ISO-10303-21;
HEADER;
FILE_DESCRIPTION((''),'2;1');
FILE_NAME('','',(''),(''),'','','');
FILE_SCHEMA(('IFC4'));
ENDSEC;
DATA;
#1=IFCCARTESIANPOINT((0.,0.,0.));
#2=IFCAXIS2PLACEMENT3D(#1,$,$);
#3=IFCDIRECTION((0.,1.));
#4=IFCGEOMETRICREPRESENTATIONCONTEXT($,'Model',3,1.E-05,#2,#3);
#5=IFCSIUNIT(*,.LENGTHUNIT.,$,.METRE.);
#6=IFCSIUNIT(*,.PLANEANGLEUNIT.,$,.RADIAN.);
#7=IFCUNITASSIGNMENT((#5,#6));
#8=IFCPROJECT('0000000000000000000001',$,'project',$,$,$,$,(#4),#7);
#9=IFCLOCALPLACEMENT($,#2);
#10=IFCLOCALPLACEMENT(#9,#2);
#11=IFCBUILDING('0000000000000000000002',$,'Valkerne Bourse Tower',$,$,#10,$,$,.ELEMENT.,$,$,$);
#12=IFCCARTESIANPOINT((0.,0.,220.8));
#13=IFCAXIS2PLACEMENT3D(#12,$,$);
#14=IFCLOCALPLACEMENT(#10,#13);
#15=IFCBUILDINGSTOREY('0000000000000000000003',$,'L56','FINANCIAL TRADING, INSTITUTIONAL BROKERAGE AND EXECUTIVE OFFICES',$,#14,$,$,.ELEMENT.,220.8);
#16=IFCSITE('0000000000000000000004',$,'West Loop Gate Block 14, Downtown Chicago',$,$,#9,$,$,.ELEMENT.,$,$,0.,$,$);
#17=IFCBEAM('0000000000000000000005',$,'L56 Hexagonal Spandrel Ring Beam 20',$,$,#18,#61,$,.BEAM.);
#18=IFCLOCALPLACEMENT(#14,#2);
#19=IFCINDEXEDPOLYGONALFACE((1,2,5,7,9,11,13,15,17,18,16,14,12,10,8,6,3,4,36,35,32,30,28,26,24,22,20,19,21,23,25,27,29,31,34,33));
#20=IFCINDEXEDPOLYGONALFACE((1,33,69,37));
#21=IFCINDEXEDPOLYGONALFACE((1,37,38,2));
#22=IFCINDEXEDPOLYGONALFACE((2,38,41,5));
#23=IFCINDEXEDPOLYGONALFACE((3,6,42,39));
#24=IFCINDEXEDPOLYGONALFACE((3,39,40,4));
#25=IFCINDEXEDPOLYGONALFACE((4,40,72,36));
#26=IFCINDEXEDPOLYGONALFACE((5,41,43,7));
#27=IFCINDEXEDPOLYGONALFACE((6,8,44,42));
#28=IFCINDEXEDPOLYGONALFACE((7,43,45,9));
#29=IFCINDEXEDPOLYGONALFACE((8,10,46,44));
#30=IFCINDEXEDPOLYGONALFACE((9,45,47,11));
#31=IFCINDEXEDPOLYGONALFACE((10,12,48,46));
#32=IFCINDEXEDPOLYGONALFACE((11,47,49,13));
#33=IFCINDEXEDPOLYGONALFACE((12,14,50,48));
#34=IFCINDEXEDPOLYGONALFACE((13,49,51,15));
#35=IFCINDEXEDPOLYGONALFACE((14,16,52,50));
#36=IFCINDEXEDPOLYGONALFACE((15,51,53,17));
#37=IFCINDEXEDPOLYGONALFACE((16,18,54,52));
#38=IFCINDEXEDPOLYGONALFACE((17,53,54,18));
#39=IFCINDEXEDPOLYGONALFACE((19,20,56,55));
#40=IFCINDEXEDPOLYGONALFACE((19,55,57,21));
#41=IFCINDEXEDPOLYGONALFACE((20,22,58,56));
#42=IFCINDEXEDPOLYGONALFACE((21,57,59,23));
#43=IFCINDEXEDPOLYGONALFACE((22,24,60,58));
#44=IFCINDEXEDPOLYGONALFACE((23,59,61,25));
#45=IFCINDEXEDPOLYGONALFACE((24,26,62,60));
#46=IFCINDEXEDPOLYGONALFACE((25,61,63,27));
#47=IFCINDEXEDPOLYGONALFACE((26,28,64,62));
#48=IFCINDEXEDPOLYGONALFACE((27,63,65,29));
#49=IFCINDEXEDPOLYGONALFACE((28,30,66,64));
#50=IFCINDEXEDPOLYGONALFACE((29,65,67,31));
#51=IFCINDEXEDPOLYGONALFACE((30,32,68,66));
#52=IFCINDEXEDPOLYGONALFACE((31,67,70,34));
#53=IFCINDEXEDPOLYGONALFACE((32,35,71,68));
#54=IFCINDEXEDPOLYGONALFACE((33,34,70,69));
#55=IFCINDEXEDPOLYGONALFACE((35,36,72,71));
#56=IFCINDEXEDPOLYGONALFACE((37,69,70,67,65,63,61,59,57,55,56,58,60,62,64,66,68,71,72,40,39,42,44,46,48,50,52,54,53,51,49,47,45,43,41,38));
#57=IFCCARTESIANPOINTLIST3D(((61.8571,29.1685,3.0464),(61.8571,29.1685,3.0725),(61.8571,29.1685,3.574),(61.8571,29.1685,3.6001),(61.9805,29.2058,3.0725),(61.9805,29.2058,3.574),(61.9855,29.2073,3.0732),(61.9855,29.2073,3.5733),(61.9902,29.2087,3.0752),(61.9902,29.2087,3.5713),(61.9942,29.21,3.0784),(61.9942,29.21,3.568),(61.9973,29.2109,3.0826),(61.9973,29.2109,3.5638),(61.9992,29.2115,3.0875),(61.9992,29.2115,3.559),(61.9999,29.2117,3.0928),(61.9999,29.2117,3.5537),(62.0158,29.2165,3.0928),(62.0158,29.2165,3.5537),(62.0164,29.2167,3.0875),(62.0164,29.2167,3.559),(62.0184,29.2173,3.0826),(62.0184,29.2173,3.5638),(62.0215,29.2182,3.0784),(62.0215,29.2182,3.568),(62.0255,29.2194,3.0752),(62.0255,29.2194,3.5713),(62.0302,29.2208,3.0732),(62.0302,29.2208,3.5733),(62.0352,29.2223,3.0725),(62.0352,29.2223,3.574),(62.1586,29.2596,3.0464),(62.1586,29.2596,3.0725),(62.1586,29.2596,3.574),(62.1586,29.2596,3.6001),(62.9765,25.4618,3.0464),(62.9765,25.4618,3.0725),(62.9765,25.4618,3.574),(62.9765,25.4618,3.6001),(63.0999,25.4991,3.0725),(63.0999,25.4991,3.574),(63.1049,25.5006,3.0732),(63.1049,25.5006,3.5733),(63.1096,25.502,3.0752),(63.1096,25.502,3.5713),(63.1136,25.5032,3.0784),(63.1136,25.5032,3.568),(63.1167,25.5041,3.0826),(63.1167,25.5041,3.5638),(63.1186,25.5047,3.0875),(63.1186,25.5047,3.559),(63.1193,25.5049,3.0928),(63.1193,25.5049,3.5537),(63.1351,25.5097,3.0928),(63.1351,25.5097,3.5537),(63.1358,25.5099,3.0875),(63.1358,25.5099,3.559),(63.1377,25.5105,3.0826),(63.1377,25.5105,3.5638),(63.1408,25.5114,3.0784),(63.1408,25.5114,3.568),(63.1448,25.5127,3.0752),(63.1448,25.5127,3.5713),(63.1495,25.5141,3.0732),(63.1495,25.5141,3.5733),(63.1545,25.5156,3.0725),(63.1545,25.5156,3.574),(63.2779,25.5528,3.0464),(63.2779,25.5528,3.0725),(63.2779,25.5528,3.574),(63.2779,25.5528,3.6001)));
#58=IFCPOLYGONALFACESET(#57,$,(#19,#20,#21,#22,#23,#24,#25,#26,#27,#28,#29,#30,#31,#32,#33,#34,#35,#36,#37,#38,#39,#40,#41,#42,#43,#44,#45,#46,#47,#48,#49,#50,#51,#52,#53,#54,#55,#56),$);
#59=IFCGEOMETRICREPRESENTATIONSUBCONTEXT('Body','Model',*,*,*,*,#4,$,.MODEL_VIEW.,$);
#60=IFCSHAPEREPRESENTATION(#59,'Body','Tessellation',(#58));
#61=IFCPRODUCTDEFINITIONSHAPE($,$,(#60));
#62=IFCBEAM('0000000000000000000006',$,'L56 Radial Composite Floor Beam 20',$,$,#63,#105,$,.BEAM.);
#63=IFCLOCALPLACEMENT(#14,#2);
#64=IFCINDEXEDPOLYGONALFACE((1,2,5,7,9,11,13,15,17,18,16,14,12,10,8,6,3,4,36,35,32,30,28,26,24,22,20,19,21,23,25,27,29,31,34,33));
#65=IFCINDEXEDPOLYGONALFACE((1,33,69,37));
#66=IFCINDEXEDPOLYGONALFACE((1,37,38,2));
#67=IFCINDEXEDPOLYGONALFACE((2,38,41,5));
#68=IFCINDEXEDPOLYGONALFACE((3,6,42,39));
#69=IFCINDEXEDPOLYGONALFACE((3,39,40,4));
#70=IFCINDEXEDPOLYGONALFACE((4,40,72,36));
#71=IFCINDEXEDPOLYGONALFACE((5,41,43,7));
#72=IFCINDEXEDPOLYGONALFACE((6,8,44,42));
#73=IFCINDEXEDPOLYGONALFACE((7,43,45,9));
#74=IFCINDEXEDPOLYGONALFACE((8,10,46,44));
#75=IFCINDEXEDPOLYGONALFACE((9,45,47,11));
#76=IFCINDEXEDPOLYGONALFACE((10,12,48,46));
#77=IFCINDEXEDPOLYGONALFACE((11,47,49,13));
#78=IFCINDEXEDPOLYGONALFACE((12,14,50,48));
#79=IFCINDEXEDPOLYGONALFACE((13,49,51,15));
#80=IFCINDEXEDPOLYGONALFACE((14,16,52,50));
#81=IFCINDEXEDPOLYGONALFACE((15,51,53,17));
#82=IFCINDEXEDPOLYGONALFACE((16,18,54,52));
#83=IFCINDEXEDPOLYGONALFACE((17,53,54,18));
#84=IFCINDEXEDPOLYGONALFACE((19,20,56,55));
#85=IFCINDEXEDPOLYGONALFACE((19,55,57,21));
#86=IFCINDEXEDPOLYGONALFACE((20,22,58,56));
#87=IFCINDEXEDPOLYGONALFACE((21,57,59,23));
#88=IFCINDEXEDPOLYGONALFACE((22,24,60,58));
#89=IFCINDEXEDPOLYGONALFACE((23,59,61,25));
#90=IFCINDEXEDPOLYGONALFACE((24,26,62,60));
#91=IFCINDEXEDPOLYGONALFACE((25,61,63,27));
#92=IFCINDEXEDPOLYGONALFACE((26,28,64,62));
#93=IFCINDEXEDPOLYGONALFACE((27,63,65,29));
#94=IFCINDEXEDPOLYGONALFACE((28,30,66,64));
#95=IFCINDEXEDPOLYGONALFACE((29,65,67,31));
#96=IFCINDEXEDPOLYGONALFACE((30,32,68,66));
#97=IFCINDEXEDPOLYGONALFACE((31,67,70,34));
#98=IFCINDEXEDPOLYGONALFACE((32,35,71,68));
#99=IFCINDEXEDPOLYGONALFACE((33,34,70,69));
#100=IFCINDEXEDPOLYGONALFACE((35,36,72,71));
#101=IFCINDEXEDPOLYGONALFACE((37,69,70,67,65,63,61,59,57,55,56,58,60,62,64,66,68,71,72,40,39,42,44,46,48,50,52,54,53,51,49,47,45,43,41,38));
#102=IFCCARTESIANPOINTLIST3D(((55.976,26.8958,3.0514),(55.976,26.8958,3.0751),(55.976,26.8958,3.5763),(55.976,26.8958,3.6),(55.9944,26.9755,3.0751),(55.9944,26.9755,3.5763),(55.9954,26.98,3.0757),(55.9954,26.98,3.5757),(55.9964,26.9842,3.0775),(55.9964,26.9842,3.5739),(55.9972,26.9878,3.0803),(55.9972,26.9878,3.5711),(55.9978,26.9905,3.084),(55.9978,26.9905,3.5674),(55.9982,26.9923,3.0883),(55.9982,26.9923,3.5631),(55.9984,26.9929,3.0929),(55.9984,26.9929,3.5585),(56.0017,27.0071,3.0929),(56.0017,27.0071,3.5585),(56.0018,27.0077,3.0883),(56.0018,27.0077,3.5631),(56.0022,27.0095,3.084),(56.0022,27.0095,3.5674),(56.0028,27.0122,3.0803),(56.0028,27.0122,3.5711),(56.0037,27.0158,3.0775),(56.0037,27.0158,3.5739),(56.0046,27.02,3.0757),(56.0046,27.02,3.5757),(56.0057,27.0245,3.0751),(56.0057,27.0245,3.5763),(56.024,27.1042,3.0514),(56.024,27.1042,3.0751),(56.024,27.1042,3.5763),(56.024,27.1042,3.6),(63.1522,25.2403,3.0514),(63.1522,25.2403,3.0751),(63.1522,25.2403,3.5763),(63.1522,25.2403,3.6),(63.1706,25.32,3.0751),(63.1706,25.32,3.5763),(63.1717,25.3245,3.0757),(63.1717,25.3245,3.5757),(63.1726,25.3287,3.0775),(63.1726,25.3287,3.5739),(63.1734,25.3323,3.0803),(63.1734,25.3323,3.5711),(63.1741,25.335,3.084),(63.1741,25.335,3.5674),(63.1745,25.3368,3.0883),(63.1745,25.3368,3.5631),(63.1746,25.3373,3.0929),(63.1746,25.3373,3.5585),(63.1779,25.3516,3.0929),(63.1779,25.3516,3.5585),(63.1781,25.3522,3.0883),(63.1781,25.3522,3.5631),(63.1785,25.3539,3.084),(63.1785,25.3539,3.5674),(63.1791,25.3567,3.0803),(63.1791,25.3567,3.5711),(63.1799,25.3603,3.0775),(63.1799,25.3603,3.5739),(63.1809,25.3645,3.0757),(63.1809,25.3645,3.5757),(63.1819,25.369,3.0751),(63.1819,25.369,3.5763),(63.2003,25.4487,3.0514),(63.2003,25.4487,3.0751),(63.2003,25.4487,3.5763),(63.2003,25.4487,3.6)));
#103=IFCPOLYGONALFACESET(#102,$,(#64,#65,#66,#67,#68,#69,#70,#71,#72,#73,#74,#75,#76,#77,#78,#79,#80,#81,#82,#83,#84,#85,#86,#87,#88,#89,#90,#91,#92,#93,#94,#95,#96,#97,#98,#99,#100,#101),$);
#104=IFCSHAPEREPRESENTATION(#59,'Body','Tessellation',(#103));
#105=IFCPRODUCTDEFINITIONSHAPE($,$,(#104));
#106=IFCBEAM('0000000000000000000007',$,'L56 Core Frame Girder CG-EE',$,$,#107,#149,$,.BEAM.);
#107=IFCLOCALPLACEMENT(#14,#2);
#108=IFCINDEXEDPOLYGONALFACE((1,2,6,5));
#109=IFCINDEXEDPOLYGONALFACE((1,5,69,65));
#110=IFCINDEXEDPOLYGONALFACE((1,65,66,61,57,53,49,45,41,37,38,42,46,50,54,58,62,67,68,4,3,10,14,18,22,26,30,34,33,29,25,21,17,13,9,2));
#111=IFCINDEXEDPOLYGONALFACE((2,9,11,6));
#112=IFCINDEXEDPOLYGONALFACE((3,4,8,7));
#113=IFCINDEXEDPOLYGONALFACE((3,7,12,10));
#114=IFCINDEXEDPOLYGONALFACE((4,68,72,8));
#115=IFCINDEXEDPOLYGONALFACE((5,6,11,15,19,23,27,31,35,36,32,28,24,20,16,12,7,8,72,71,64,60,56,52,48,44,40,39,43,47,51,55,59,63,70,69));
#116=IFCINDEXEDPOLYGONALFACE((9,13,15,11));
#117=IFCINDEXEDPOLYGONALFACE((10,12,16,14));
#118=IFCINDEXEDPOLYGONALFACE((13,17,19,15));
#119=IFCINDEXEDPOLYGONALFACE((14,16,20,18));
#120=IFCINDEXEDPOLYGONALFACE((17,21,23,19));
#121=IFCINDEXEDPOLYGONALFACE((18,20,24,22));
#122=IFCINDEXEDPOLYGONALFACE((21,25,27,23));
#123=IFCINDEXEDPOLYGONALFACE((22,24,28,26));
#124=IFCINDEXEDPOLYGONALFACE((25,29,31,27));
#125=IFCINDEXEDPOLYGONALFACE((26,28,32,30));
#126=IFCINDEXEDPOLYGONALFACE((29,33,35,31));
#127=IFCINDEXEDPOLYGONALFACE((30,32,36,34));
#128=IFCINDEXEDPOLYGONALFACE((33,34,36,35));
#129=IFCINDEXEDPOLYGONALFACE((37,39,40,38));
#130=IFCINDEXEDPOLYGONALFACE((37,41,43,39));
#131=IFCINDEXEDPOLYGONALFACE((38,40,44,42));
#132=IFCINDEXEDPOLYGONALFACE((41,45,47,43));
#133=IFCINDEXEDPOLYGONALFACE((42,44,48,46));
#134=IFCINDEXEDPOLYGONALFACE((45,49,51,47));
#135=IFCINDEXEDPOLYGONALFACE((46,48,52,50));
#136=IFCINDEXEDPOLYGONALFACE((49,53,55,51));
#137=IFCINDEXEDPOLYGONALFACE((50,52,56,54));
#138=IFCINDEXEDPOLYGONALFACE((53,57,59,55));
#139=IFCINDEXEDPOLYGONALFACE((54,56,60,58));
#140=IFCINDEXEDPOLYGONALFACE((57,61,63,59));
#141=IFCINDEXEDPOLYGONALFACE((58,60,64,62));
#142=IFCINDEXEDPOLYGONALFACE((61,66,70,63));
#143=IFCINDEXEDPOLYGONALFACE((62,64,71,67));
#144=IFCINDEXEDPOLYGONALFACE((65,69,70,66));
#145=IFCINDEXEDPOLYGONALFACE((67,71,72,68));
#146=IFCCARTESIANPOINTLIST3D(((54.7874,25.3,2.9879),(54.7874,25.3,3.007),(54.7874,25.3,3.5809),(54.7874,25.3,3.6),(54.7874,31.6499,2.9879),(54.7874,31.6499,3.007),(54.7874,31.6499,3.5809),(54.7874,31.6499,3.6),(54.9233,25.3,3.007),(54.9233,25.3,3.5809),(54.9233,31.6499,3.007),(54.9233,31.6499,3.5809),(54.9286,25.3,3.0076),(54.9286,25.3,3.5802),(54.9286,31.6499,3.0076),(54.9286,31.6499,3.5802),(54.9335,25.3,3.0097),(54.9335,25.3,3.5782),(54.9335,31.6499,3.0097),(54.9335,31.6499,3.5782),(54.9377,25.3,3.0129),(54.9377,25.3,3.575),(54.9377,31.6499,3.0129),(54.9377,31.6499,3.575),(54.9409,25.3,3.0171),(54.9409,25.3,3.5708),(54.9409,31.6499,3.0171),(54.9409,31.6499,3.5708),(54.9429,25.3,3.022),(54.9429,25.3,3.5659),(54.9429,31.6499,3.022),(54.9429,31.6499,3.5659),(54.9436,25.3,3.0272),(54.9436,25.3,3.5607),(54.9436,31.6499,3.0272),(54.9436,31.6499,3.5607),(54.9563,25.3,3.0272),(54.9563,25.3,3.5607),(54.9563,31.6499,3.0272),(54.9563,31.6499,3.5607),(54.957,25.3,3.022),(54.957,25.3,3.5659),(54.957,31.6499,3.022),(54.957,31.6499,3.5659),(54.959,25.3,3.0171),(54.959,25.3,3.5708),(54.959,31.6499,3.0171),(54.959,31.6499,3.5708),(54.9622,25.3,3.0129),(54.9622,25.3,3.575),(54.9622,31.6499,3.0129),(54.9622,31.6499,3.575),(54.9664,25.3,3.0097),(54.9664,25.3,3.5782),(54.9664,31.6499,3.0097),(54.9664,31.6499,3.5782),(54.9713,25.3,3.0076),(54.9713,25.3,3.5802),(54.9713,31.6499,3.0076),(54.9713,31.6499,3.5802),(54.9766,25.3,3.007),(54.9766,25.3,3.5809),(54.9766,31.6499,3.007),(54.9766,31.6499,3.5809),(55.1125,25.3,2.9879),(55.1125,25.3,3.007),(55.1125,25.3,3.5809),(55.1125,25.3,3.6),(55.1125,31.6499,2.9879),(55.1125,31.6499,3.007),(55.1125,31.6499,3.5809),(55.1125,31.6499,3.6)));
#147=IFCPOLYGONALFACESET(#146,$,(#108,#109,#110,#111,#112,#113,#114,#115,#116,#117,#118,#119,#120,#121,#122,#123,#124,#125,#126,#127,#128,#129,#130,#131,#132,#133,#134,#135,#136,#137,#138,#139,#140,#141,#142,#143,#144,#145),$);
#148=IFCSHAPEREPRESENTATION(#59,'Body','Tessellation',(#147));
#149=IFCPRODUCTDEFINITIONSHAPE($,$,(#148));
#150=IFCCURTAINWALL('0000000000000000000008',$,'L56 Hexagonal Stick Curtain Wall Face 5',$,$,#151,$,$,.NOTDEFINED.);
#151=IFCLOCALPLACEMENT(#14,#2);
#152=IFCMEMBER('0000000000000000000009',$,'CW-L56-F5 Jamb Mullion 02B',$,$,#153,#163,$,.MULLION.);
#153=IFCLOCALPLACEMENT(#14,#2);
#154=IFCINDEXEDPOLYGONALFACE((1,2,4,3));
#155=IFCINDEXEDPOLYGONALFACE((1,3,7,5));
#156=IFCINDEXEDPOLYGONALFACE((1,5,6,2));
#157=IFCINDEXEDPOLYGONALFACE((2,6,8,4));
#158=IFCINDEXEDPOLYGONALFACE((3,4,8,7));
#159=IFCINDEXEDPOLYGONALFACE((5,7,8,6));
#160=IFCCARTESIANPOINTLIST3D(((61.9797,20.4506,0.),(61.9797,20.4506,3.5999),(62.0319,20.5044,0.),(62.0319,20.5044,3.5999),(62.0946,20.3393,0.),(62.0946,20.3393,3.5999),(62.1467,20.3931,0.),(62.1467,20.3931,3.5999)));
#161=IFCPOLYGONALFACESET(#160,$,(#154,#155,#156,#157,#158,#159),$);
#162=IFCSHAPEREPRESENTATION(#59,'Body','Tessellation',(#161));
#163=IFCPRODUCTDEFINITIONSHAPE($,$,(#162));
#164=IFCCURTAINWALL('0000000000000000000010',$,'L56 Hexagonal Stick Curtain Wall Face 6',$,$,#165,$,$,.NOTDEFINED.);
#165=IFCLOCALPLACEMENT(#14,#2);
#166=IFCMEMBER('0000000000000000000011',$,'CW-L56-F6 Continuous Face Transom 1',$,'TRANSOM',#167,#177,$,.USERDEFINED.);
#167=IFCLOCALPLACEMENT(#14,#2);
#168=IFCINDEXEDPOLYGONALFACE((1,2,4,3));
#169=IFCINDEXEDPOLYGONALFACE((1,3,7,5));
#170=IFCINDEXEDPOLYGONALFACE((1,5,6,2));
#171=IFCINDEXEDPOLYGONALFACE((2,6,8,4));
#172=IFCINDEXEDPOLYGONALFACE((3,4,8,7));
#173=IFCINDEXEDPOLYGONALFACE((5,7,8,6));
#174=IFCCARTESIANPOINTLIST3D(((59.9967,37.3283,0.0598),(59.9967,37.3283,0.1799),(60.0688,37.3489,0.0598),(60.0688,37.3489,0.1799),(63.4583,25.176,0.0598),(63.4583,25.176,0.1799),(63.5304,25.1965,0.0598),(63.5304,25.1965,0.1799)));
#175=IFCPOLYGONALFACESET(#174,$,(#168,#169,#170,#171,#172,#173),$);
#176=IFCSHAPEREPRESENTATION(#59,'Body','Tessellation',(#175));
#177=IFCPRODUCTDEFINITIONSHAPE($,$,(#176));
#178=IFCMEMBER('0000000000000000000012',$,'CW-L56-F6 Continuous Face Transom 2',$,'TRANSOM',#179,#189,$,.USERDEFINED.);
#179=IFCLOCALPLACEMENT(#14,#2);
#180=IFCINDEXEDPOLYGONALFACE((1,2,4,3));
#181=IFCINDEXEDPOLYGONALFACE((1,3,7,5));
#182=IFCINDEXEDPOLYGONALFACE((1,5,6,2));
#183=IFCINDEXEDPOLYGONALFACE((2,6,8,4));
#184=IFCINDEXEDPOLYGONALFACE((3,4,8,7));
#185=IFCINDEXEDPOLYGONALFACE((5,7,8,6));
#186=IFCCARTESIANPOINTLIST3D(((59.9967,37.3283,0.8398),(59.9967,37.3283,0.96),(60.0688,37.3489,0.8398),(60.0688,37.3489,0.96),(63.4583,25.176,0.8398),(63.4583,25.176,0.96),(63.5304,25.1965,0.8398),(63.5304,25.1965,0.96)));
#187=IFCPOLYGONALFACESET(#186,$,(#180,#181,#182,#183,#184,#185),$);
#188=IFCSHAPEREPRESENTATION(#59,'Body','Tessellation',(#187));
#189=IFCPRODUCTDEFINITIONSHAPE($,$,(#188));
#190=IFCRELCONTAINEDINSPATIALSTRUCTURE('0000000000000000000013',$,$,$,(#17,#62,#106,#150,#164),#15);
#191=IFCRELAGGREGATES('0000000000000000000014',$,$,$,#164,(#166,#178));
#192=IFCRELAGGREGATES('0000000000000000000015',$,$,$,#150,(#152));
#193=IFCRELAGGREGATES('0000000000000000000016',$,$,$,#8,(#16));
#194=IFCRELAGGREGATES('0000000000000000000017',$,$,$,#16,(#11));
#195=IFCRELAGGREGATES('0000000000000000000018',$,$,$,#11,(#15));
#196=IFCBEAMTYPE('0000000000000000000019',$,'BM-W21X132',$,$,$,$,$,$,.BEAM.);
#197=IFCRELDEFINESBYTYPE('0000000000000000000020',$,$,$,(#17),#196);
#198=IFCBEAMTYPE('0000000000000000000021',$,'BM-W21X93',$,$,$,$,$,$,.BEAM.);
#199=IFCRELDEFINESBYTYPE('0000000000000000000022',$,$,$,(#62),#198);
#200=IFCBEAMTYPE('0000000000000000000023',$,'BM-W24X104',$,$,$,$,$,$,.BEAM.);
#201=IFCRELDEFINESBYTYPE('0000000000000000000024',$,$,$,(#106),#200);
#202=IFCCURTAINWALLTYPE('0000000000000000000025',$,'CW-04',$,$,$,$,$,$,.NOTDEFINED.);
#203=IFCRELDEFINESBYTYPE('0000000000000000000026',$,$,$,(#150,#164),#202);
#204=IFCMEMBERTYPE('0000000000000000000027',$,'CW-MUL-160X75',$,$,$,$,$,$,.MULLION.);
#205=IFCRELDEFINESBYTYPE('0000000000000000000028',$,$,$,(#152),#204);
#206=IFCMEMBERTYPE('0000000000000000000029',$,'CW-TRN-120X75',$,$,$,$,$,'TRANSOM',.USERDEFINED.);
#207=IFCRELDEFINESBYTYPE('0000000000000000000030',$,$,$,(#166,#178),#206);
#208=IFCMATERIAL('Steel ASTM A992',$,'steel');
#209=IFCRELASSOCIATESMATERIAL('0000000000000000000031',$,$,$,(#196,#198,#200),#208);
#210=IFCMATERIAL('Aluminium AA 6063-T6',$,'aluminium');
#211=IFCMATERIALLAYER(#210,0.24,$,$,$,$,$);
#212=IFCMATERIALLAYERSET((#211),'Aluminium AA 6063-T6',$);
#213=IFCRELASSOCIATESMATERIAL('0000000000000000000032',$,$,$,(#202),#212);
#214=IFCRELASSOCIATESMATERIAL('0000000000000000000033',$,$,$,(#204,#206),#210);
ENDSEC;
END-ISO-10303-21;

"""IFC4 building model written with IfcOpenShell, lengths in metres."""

from ifc_helpers import new_model, si_unit, direction, frame, origin, origin_2d, place, context, subcontext, project, spatial, rectangle, i_section, extrude, material, layer, layer_set, material_profile, profile_set, type_object, element, aggregate, save


model = new_model("IFC4")

# Units and contexts
model_context = context("Model", 3, precision=1e-05, world=origin(), true_north=direction((0.0, 1.0)))
body_context = subcontext(model_context, "Body", "Model", "MODEL_VIEW")
ifc_project = project(units=[si_unit("LENGTHUNIT", "METRE"), si_unit("PLANEANGLEUNIT", "RADIAN")], contexts=[model_context])

# Site, building, storey
site_placement = place(None, origin())
site = spatial("IfcSite", under=ifc_project, at=site_placement, Name="West Loop Gate Block 14, Downtown Chicago", CompositionType="ELEMENT", RefElevation=0.0)
building_placement = place(site_placement, origin())
building = spatial("IfcBuilding", under=site, at=building_placement, Name="Valkerne Bourse Tower", CompositionType="ELEMENT")
storey_placement = place(building_placement, frame((0.0, 0.0, 220.8)))
storey = spatial("IfcBuildingStorey", under=building, at=storey_placement, Name="L56", Description="FINANCIAL TRADING, INSTITUTIONAL BROKERAGE AND EXECUTIVE OFFICES", CompositionType="ELEMENT", Elevation=220.8)

# Beams
ifc_material_1 = material(Name="Steel ASTM A992", Category="steel")
ifc_material_profile_1 = material_profile(ifc_material_1, i_section(OverallWidth=0.3149, OverallDepth=0.5537, WebThickness=0.0166, FlangeThickness=0.0261, FilletRadius=0.0203, at=origin_2d()), Name="W21X132")
ifc_profile_set_1 = profile_set([ifc_material_profile_1], Name="Steel ASTM A992")
beam_type_1 = type_object("IfcBeamType", Name="BM-W21X132", PredefinedType="BEAM", material=ifc_profile_set_1)
beam_1_placement = place(storey_placement, frame((63.1272, 25.5073, 3.3232), z_axis=(-0.289089, 0.957302, 0.0), x_axis=(-0.957302, -0.289089, 0.0)))
element("IfcBeam", 1, at=beam_1_placement, inside=storey, type_object=beam_type_1, Name="L56 Hexagonal Spandrel Ring Beam 20", PredefinedType="BEAM", context=body_context, shape_type="SweptSolid", body=[
    extrude(i_section(OverallWidth=0.3149, OverallDepth=0.5537, WebThickness=0.0166, FlangeThickness=0.0261, FilletRadius=0.0203, at=origin_2d()), origin(), (0.0, 0.0, 1.0), 3.8721),
])
ifc_material_profile_2 = material_profile(ifc_material_1, i_section(OverallWidth=0.2139, OverallDepth=0.5486, WebThickness=0.0146, FlangeThickness=0.0237, FilletRadius=0.0178, at=origin_2d()), Name="W21X93")
ifc_profile_set_2 = profile_set([ifc_material_profile_2], Name="Steel ASTM A992")
beam_type_2 = type_object("IfcBeamType", Name="BM-W21X93", PredefinedType="BEAM", material=ifc_profile_set_2)
beam_2_placement = place(storey_placement, frame((63.1763, 25.3445, 3.3257), z_axis=(-0.974407, 0.224789, 0.0), x_axis=(-0.224789, -0.974407, 0.0)))
element("IfcBeam", 2, at=beam_2_placement, inside=storey, type_object=beam_type_2, Name="L56 Radial Composite Floor Beam 20", PredefinedType="BEAM", context=body_context, shape_type="SweptSolid", body=[
    extrude(i_section(OverallWidth=0.2139, OverallDepth=0.5486, WebThickness=0.0146, FlangeThickness=0.0237, FilletRadius=0.0178, at=origin_2d()), origin(), (0.0, 0.0, 1.0), 7.3647),
])
ifc_material_profile_3 = material_profile(ifc_material_1, i_section(OverallWidth=0.3252, OverallDepth=0.6121, WebThickness=0.0127, FlangeThickness=0.019, FilletRadius=0.0203, at=origin_2d()), Name="W24X104")
ifc_profile_set_3 = profile_set([ifc_material_profile_3], Name="Steel ASTM A992")
beam_type_3 = type_object("IfcBeamType", Name="BM-W24X104", PredefinedType="BEAM", material=ifc_profile_set_3)
beam_3_placement = place(storey_placement, frame((54.95, 25.3, 3.2939), z_axis=(0.0, 1.0, 0.0), x_axis=(-1.0, 0.0, 0.0)))
element("IfcBeam", 3, at=beam_3_placement, inside=storey, type_object=beam_type_3, Name="L56 Core Frame Girder CG-EE", PredefinedType="BEAM", context=body_context, shape_type="SweptSolid", body=[
    extrude(i_section(OverallWidth=0.3252, OverallDepth=0.6121, WebThickness=0.0127, FlangeThickness=0.019, FilletRadius=0.0203, at=origin_2d()), origin(), (0.0, 0.0, 1.0), 6.3499),
])

# Curtain wall, member
ifc_material_2 = material(Name="Aluminium AA 6063-T6", Category="aluminium")
ifc_layer_1 = layer(ifc_material_2, 0.24)
ifc_layer_set_1 = layer_set([ifc_layer_1], Name="Aluminium AA 6063-T6")
curtain_wall_type = type_object("IfcCurtainWallType", Name="CW-04", PredefinedType="NOTDEFINED", material=ifc_layer_set_1)
curtain_wall_1_placement = place(storey_placement, origin())
curtain_wall_1 = element("IfcCurtainWall", 4, at=curtain_wall_1_placement, inside=storey, type_object=curtain_wall_type, Name="L56 Hexagonal Stick Curtain Wall Face 5", PredefinedType="NOTDEFINED")
ifc_material_profile_4 = material_profile(ifc_material_2, rectangle(XDim=0.075, YDim=0.1599, at=origin_2d()), Name="CWM-75X160")
ifc_profile_set_4 = profile_set([ifc_material_profile_4], Name="Aluminium AA 6063-T6")
member_type_1 = type_object("IfcMemberType", Name="CW-MUL-160X75", PredefinedType="MULLION", material=ifc_profile_set_4)
member_1_placement = place(storey_placement, frame((62.0632, 20.4219, 0.0), z_axis=(0.0, 0.0, 1.0), x_axis=(0.69592, 0.718119, 0.0)))
member_1 = element("IfcMember", 5, at=member_1_placement, type_object=member_type_1, Name="CW-L56-F5 Jamb Mullion 02B", PredefinedType="MULLION", context=body_context, shape_type="SweptSolid", body=[
    extrude(rectangle(XDim=0.075, YDim=0.1599, at=origin_2d()), origin(), (0.0, 0.0, 1.0), 3.5999),
])

# Curtain wall, members
curtain_wall_2_placement = place(storey_placement, origin())
curtain_wall_2 = element("IfcCurtainWall", 6, at=curtain_wall_2_placement, inside=storey, type_object=curtain_wall_type, Name="L56 Hexagonal Stick Curtain Wall Face 6", PredefinedType="NOTDEFINED")
ifc_material_profile_5 = material_profile(ifc_material_2, rectangle(XDim=0.075, YDim=0.1201, at=origin_2d()), Name="CWT-75X120")
ifc_profile_set_5 = profile_set([ifc_material_profile_5], Name="Aluminium AA 6063-T6")
member_type_2 = type_object("IfcMemberType", Name="CW-TRN-120X75", ElementType="TRANSOM", PredefinedType="USERDEFINED", material=ifc_profile_set_5)
member_2_placement = place(storey_placement, frame((63.4944, 25.1863, 0.1199), z_axis=(-0.273958, 0.961742, 0.0), x_axis=(-0.961742, -0.273958, 0.0)))
member_2 = element("IfcMember", 7, at=member_2_placement, type_object=member_type_2, Name="CW-L56-F6 Continuous Face Transom 1", ObjectType="TRANSOM", PredefinedType="USERDEFINED", context=body_context, shape_type="SweptSolid", body=[
    extrude(rectangle(XDim=0.075, YDim=0.1201, at=origin_2d()), origin(), (0.0, 0.0, 1.0), 12.6357),
])
member_3_placement = place(storey_placement, frame((63.4944, 25.1863, 0.8999), z_axis=(-0.273958, 0.961742, 0.0), x_axis=(-0.961742, -0.273958, 0.0)))
member_3 = element("IfcMember", 8, at=member_3_placement, type_object=member_type_2, Name="CW-L56-F6 Continuous Face Transom 2", ObjectType="TRANSOM", PredefinedType="USERDEFINED", context=body_context, shape_type="SweptSolid", body=[
    extrude(rectangle(XDim=0.075, YDim=0.1201, at=origin_2d()), origin(), (0.0, 0.0, 1.0), 12.6357),
])
aggregate(curtain_wall_2, [member_2, member_3])

aggregate(curtain_wall_1, [member_1])

save(model, "model.ifc")
